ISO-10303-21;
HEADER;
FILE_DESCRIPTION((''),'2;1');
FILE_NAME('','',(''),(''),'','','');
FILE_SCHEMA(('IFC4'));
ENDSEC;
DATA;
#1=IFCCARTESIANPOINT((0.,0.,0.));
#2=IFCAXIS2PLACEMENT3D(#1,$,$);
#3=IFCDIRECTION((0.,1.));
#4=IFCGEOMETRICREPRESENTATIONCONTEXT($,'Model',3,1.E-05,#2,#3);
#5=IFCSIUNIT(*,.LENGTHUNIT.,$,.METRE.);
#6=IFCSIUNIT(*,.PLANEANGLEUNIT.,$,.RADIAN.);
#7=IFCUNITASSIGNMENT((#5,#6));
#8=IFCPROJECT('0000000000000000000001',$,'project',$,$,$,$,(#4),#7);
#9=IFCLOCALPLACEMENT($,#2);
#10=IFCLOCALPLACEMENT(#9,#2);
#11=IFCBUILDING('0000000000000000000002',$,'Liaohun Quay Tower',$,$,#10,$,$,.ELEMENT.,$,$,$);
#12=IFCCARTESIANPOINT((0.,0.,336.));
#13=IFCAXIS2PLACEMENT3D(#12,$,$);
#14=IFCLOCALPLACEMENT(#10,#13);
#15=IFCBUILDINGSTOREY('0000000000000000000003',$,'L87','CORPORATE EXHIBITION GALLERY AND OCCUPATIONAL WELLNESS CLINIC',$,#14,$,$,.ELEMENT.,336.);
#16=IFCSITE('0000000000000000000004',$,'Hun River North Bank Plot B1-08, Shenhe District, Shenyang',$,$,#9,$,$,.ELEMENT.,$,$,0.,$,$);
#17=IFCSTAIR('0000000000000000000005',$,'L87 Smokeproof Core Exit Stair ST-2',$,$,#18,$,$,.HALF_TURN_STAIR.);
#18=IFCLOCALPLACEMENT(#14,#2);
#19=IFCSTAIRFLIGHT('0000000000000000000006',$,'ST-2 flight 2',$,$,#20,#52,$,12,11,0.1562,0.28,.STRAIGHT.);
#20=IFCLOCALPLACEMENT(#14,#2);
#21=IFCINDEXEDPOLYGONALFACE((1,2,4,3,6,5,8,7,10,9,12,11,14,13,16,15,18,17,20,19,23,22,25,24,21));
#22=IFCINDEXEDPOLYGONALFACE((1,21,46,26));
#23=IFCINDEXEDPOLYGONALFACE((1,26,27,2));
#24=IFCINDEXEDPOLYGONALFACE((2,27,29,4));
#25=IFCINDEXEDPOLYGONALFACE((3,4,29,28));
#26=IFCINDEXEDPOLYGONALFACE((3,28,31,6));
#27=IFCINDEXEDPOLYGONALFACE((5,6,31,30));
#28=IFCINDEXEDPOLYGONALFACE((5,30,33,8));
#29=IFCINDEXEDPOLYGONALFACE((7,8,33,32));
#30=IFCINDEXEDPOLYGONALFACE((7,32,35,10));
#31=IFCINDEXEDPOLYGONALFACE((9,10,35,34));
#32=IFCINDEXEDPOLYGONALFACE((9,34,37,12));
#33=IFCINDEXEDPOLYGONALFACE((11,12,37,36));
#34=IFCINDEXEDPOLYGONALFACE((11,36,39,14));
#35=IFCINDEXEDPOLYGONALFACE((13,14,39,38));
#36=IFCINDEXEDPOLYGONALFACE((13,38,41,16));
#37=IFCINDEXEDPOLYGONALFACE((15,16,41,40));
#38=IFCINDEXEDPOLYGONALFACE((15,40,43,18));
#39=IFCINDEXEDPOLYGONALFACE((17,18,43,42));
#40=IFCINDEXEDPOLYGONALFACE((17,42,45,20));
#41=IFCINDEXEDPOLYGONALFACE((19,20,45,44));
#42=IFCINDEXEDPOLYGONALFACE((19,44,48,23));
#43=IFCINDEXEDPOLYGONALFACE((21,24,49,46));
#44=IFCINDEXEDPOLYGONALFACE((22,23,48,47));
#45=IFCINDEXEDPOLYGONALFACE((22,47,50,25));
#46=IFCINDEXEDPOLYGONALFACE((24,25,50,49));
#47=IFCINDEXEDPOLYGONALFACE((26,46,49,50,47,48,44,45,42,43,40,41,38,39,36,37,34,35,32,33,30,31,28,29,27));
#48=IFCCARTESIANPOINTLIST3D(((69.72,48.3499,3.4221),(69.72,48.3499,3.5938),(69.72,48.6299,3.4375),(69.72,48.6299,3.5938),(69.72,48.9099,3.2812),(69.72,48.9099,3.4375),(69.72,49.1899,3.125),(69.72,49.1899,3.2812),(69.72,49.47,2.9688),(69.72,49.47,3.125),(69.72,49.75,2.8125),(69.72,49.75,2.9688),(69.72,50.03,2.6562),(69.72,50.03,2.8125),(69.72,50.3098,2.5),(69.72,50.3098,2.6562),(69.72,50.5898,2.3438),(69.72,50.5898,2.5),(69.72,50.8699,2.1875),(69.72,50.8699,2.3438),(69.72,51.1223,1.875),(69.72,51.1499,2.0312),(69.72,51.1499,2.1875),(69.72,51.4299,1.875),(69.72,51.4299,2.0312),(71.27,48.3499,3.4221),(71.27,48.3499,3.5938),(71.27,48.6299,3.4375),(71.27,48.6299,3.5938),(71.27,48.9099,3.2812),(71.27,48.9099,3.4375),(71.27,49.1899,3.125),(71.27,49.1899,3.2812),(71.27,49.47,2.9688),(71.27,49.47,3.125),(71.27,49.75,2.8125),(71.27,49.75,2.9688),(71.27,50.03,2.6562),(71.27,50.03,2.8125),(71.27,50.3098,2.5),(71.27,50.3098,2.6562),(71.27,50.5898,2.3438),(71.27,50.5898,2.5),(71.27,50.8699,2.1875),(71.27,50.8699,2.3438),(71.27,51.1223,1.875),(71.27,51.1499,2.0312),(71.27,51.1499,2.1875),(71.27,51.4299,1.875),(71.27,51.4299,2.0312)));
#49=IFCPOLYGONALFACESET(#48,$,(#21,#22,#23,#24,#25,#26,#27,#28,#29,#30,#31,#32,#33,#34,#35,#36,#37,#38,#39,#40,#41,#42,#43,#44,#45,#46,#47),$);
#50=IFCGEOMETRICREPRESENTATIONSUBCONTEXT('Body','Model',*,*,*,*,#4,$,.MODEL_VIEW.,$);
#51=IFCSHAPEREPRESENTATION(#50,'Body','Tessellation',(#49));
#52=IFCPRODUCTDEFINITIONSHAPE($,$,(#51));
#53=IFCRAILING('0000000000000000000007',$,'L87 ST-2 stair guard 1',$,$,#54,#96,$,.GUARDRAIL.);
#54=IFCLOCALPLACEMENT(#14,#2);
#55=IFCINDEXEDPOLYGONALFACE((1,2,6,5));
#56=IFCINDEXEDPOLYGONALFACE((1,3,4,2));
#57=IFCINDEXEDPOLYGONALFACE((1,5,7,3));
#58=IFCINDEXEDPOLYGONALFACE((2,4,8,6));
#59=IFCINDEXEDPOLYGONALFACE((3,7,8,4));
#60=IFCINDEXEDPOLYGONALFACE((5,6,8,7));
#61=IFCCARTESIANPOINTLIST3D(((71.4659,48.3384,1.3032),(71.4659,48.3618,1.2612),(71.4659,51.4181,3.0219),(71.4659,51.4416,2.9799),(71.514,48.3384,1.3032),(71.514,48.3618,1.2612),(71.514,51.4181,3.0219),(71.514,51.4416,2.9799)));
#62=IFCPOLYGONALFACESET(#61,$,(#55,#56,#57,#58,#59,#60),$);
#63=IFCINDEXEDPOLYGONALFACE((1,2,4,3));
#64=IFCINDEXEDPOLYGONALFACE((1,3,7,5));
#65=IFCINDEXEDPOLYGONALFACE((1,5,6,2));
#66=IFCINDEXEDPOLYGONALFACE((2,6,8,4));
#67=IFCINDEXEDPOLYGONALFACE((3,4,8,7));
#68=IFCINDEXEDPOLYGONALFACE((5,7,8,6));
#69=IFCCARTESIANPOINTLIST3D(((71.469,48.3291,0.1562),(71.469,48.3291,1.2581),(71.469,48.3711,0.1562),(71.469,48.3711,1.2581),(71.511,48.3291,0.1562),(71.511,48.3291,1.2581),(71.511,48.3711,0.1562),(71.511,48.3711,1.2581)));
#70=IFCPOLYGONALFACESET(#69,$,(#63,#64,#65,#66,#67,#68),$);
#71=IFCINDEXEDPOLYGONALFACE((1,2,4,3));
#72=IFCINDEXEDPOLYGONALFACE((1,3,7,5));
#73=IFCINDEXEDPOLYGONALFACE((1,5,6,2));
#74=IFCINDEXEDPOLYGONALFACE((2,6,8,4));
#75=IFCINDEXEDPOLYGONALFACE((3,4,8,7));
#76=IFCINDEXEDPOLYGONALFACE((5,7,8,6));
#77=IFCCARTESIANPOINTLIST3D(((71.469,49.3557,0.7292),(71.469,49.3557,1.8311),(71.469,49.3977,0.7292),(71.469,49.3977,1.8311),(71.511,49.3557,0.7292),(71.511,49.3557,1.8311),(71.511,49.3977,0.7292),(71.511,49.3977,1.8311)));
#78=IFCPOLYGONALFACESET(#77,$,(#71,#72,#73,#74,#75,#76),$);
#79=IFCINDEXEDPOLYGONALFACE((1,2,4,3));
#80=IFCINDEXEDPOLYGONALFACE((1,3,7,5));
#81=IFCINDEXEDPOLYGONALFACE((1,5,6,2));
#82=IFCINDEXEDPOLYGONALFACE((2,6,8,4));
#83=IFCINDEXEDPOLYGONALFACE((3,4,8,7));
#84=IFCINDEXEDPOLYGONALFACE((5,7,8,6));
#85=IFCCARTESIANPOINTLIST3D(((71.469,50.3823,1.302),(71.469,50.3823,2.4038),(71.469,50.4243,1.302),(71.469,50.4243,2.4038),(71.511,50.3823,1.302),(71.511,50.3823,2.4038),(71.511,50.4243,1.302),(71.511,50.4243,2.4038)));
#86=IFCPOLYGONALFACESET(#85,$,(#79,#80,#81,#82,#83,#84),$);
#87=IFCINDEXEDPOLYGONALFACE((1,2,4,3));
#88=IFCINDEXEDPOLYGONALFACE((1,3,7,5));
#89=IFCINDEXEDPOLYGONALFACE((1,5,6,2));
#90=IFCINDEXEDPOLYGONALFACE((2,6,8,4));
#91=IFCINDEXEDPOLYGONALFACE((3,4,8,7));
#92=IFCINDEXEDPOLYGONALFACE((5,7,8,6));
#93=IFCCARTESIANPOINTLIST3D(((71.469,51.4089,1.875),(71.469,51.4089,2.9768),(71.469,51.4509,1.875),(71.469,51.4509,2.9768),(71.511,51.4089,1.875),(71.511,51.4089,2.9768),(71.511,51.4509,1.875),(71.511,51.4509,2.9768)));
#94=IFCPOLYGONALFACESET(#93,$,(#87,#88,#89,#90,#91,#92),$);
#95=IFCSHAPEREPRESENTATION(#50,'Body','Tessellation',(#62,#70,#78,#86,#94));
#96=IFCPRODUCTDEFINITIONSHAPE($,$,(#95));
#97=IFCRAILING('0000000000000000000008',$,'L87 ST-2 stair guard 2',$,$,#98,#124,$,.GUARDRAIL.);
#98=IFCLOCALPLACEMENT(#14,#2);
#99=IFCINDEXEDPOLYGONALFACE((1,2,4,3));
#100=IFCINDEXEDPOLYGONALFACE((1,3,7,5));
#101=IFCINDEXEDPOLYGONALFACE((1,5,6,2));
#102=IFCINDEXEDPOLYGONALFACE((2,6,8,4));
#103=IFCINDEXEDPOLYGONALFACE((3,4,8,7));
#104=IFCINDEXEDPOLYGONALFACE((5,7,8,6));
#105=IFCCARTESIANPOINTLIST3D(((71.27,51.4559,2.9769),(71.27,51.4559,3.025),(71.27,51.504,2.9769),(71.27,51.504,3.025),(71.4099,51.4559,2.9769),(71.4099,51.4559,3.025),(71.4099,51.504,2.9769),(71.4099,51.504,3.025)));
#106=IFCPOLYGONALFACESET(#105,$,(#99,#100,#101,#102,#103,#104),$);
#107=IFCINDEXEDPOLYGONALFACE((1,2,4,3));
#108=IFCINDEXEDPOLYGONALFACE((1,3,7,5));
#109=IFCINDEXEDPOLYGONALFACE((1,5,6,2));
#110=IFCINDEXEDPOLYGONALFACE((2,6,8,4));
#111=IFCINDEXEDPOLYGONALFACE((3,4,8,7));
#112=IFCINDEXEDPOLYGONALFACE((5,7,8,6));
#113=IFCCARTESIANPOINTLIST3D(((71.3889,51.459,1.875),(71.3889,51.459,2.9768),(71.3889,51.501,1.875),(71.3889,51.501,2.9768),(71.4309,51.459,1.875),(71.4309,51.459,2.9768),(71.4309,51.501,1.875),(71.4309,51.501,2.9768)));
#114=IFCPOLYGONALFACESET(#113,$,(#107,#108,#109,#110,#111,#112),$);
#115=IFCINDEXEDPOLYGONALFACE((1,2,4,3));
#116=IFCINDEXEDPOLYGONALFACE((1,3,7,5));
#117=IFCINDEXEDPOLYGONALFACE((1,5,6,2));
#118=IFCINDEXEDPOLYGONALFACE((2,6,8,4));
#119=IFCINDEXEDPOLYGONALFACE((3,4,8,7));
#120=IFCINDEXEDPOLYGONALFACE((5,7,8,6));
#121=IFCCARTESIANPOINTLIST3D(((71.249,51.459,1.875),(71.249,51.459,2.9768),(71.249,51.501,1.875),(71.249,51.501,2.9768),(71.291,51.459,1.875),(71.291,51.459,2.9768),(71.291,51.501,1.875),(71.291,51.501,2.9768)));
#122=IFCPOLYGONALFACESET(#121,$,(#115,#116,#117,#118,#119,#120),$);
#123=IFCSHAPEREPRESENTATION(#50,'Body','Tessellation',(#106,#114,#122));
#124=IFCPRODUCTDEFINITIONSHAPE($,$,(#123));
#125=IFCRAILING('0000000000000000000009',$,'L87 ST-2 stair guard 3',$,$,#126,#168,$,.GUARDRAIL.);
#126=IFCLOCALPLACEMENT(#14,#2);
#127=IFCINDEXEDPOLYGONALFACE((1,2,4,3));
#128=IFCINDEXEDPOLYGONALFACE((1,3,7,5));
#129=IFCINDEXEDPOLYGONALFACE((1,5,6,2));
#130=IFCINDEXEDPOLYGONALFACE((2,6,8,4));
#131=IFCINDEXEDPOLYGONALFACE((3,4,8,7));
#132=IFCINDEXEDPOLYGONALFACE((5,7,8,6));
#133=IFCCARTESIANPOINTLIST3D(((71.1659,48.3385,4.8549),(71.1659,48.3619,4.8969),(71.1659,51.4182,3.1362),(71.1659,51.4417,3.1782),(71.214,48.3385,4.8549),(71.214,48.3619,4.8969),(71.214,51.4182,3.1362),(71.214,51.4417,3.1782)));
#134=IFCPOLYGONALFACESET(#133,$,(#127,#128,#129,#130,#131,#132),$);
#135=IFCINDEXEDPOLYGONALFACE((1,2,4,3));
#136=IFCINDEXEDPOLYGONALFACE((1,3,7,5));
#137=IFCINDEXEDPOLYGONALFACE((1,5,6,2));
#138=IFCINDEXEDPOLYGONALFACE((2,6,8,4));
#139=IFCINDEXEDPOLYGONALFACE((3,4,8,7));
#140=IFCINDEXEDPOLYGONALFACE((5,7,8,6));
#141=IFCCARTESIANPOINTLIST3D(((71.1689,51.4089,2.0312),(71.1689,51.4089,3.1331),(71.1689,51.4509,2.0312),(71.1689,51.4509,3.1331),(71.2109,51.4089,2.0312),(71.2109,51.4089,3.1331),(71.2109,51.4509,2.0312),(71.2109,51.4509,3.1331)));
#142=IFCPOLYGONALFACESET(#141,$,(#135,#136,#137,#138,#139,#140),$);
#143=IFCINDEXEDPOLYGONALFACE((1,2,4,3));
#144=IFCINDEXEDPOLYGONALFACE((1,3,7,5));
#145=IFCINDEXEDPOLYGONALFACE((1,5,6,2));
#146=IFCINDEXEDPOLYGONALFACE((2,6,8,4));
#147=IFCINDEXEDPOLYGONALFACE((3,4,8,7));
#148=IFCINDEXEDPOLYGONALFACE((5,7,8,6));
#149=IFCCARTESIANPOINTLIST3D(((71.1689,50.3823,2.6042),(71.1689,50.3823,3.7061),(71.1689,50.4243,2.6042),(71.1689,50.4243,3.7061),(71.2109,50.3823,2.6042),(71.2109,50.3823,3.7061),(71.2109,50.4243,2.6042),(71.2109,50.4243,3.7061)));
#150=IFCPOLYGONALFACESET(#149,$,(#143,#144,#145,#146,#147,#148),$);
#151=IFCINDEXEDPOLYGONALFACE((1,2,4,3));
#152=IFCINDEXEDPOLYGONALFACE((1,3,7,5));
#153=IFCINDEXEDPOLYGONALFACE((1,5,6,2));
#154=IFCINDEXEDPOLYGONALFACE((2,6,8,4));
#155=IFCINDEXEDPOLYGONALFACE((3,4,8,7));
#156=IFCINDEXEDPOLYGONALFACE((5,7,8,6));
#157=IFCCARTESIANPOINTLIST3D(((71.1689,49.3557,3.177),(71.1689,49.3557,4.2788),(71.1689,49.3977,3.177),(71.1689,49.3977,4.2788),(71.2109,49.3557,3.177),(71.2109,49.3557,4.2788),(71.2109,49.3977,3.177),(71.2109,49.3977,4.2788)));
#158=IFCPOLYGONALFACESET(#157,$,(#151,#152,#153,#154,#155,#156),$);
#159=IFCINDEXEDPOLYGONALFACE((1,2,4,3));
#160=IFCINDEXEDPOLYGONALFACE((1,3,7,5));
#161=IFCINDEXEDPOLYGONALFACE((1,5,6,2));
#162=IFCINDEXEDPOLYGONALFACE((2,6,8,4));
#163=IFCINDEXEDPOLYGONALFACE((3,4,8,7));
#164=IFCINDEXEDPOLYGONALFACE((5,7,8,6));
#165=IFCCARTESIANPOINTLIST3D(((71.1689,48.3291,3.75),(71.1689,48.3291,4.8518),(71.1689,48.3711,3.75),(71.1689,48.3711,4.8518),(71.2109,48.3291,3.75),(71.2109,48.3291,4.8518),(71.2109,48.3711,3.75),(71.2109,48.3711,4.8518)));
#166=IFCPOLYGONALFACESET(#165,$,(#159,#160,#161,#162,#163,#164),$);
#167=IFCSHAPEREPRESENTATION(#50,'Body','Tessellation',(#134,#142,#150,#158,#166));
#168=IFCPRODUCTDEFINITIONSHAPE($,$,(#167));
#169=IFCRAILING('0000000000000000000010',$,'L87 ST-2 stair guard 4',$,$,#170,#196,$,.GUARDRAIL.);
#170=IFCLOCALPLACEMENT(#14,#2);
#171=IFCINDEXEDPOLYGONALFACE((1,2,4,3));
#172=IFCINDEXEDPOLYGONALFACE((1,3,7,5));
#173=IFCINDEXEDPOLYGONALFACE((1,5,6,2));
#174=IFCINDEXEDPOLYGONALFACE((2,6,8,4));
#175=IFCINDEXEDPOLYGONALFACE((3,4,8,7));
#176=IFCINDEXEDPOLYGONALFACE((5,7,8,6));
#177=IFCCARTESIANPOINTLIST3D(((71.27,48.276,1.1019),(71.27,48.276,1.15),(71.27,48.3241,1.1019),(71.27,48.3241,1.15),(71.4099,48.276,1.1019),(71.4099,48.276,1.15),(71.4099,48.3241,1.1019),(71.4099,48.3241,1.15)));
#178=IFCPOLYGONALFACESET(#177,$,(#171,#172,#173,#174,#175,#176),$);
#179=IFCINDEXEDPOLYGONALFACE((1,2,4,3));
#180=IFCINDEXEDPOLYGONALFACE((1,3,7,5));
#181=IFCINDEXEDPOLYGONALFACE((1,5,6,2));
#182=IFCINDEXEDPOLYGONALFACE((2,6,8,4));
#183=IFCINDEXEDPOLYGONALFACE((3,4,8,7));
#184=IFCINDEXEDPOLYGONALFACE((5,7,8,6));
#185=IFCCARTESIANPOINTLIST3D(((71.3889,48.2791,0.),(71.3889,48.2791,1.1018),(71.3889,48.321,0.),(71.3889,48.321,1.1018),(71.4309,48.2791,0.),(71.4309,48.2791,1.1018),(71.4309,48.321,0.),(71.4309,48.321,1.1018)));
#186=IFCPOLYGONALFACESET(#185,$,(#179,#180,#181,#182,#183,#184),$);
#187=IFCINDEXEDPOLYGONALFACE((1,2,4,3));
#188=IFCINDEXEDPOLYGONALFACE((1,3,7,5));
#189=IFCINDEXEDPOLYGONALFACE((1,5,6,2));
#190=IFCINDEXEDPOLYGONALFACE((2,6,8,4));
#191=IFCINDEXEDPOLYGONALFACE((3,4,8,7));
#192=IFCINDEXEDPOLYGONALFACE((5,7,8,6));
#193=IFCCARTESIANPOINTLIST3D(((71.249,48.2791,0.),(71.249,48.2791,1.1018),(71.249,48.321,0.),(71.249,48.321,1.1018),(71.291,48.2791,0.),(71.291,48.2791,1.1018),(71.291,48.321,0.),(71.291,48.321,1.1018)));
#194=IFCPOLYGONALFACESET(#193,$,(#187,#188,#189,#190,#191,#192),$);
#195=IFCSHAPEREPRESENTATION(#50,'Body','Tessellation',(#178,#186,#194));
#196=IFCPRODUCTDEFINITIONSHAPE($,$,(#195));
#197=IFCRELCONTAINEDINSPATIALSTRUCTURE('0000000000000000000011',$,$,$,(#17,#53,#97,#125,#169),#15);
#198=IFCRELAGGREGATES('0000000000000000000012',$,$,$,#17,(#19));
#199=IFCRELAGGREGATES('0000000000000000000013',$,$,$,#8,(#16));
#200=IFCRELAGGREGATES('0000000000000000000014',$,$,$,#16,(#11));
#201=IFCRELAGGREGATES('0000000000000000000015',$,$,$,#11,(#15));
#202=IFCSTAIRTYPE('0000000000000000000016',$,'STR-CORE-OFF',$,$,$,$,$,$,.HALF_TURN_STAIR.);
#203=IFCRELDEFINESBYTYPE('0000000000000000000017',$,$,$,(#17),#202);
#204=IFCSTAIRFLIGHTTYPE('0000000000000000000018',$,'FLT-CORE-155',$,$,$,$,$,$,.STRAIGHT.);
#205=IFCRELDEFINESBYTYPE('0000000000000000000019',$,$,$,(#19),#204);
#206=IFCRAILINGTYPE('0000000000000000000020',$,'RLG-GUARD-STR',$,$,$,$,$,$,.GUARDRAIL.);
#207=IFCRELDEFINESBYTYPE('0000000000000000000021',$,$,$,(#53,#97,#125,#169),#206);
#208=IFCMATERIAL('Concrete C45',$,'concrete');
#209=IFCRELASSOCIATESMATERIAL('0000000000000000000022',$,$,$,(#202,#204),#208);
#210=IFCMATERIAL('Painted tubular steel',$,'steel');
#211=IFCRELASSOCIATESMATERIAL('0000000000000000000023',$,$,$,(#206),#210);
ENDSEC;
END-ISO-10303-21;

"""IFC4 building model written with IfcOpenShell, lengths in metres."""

from ifc_helpers import new_model, si_unit, direction, frame, origin, origin_2d, place, context, subcontext, project, spatial, polyline, rectangle, outline, extrude, material, type_object, element, aggregate, save


model = new_model("IFC4")

# Units and contexts
model_context = context("Model", 3, precision=1e-05, world=origin(), true_north=direction((0.0, 1.0)))
body_context = subcontext(model_context, "Body", "Model", "MODEL_VIEW")
ifc_project = project(units=[si_unit("LENGTHUNIT", "METRE"), si_unit("PLANEANGLEUNIT", "RADIAN")], contexts=[model_context])

# Site, building, storey
site_placement = place(None, origin())
site = spatial("IfcSite", under=ifc_project, at=site_placement, Name="Hun River North Bank Plot B1-08, Shenhe District, Shenyang", CompositionType="ELEMENT", RefElevation=0.0)
building_placement = place(site_placement, origin())
building = spatial("IfcBuilding", under=site, at=building_placement, Name="Liaohun Quay Tower", CompositionType="ELEMENT")
storey_placement = place(building_placement, frame((0.0, 0.0, 336.0)))
storey = spatial("IfcBuildingStorey", under=building, at=storey_placement, Name="L87", Description="CORPORATE EXHIBITION GALLERY AND OCCUPATIONAL WELLNESS CLINIC", CompositionType="ELEMENT", Elevation=336.0)

# Stair, stair flight
ifc_material_1 = material(Name="Concrete C45", Category="concrete")
stair_type = type_object("IfcStairType", Name="STR-CORE-OFF", PredefinedType="HALF_TURN_STAIR", material=ifc_material_1)
stair_placement = place(storey_placement, origin())
stair = element("IfcStair", 1, at=stair_placement, inside=storey, type_object=stair_type, Name="L87 Smokeproof Core Exit Stair ST-2", PredefinedType="HALF_TURN_STAIR")
stair_flight_type = type_object("IfcStairFlightType", Name="FLT-CORE-155", PredefinedType="STRAIGHT", material=ifc_material_1)
stair_flight_1_placement = place(storey_placement, frame((70.4951, 51.4299, 1.875), z_axis=(0.0, 0.0, 1.0), x_axis=(0.0, -1.0, 0.0)))
stair_flight_1 = element("IfcStairFlight", 2, at=stair_flight_1_placement, type_object=stair_flight_type, Name="ST-2 flight 2", NumberOfRisers=12, NumberOfTreads=11, PredefinedType="STRAIGHT", RiserHeight=0.1562, TreadLength=0.28, context=body_context, shape_type="SweptSolid", body=[
    extrude(outline(polyline([(0.0, 0.0), (0.0, 0.1562), (0.28, 0.1562), (0.28, 0.3125), (0.5601, 0.3125), (0.5601, 0.4688), (0.8401, 0.4688), (0.8401, 0.625), (1.1201, 0.625), (1.1201, 0.7812), (1.3999, 0.7812), (1.3999, 0.9375), (1.6799, 0.9375), (1.6799, 1.0938), (1.96, 1.0938), (1.96, 1.25), (2.24, 1.25), (2.24, 1.4062), (2.52, 1.4062), (2.52, 1.5625), (2.8, 1.5625), (2.8, 1.7188), (3.0801, 1.7188), (3.0801, 1.875), (3.0801, 1.5471), (0.3076, 0.0), (0.0, 0.0)])), frame((0.0, 0.7749, 0.0), z_axis=(0.0, -1.0, 0.0), x_axis=(1.0, 0.0, 0.0)), (0.0, 0.0, 1.0), 1.55),
])
aggregate(stair, [stair_flight_1])

# Railings
ifc_material_2 = material(Name="Painted tubular steel", Category="steel")
railing_type_1 = type_object("IfcRailingType", Name="RLG-GUARD-STR", PredefinedType="GUARDRAIL", material=ifc_material_2)
railing_1_placement = place(storey_placement, frame((71.49, 48.3501, 0.1562)))
element("IfcRailing", 3, at=railing_1_placement, inside=storey, type_object=railing_type_1, Name="L87 ST-2 stair guard 1", PredefinedType="GUARDRAIL", context=body_context, shape_type="SweptSolid", body=[
    extrude(rectangle(XDim=0.0481, YDim=0.0481, at=origin_2d()), frame((0.0, 0.0, 1.126), z_axis=(0.0, 0.873225, 0.487317), x_axis=(-1.0, 0.0, 0.0)), (0.0, 0.0, 1.0), 3.5269),
    extrude(rectangle(XDim=0.042, YDim=0.042, at=origin_2d()), origin(), (0.0, 0.0, 1.0), 1.1018),
    extrude(rectangle(XDim=0.042, YDim=0.042, at=origin_2d()), frame((0.0, 1.0266, 0.573)), (0.0, 0.0, 1.0), 1.1018),
    extrude(rectangle(XDim=0.042, YDim=0.042, at=origin_2d()), frame((0.0, 2.0532, 1.1458)), (0.0, 0.0, 1.0), 1.1018),
    extrude(rectangle(XDim=0.042, YDim=0.042, at=origin_2d()), frame((0.0, 3.0798, 1.7188)), (0.0, 0.0, 1.0), 1.1018),
])
railing_2_placement = place(storey_placement, frame((71.4099, 51.48, 1.875)))
element("IfcRailing", 4, at=railing_2_placement, inside=storey, type_object=railing_type_1, Name="L87 ST-2 stair guard 2", PredefinedType="GUARDRAIL", context=body_context, shape_type="SweptSolid", body=[
    extrude(rectangle(XDim=0.0481, YDim=0.0481, at=origin_2d()), frame((0.0, 0.0, 1.126), z_axis=(-1.0, 0.0, 0.0), x_axis=(0.0, -1.0, 0.0)), (0.0, 0.0, 1.0), 0.1399),
    extrude(rectangle(XDim=0.042, YDim=0.042, at=origin_2d()), origin(), (0.0, 0.0, 1.0), 1.1018),
    extrude(rectangle(XDim=0.042, YDim=0.042, at=origin_2d()), frame((-0.1399, 0.0, 0.0)), (0.0, 0.0, 1.0), 1.1018),
])
railing_3_placement = place(storey_placement, frame((71.1899, 51.4299, 2.0312)))
element("IfcRailing", 5, at=railing_3_placement, inside=storey, type_object=railing_type_1, Name="L87 ST-2 stair guard 3", PredefinedType="GUARDRAIL", context=body_context, shape_type="SweptSolid", body=[
    extrude(rectangle(XDim=0.0481, YDim=0.0481, at=origin_2d()), frame((0.0, 0.0, 1.126), z_axis=(0.0, -0.873225, 0.487317), x_axis=(1.0, 0.0, 0.0)), (0.0, 0.0, 1.0), 3.5269),
    extrude(rectangle(XDim=0.042, YDim=0.042, at=origin_2d()), origin(), (0.0, 0.0, 1.0), 1.1018),
    extrude(rectangle(XDim=0.042, YDim=0.042, at=origin_2d()), frame((0.0, -1.0266, 0.573)), (0.0, 0.0, 1.0), 1.1018),
    extrude(rectangle(XDim=0.042, YDim=0.042, at=origin_2d()), frame((0.0, -2.0532, 1.1458)), (0.0, 0.0, 1.0), 1.1018),
    extrude(rectangle(XDim=0.042, YDim=0.042, at=origin_2d()), frame((0.0, -3.0798, 1.7188)), (0.0, 0.0, 1.0), 1.1018),
])
railing_4_placement = place(storey_placement, frame((71.4099, 48.3, 0.0)))
element("IfcRailing", 6, at=railing_4_placement, inside=storey, type_object=railing_type_1, Name="L87 ST-2 stair guard 4", PredefinedType="GUARDRAIL", context=body_context, shape_type="SweptSolid", body=[
    extrude(rectangle(XDim=0.0481, YDim=0.0481, at=origin_2d()), frame((0.0, 0.0, 1.126), z_axis=(-1.0, 0.0, 0.0), x_axis=(0.0, -1.0, 0.0)), (0.0, 0.0, 1.0), 0.1399),
    extrude(rectangle(XDim=0.042, YDim=0.042, at=origin_2d()), origin(), (0.0, 0.0, 1.0), 1.1018),
    extrude(rectangle(XDim=0.042, YDim=0.042, at=origin_2d()), frame((-0.1399, 0.0, 0.0)), (0.0, 0.0, 1.0), 1.1018),
])

save(model, "model.ifc")
